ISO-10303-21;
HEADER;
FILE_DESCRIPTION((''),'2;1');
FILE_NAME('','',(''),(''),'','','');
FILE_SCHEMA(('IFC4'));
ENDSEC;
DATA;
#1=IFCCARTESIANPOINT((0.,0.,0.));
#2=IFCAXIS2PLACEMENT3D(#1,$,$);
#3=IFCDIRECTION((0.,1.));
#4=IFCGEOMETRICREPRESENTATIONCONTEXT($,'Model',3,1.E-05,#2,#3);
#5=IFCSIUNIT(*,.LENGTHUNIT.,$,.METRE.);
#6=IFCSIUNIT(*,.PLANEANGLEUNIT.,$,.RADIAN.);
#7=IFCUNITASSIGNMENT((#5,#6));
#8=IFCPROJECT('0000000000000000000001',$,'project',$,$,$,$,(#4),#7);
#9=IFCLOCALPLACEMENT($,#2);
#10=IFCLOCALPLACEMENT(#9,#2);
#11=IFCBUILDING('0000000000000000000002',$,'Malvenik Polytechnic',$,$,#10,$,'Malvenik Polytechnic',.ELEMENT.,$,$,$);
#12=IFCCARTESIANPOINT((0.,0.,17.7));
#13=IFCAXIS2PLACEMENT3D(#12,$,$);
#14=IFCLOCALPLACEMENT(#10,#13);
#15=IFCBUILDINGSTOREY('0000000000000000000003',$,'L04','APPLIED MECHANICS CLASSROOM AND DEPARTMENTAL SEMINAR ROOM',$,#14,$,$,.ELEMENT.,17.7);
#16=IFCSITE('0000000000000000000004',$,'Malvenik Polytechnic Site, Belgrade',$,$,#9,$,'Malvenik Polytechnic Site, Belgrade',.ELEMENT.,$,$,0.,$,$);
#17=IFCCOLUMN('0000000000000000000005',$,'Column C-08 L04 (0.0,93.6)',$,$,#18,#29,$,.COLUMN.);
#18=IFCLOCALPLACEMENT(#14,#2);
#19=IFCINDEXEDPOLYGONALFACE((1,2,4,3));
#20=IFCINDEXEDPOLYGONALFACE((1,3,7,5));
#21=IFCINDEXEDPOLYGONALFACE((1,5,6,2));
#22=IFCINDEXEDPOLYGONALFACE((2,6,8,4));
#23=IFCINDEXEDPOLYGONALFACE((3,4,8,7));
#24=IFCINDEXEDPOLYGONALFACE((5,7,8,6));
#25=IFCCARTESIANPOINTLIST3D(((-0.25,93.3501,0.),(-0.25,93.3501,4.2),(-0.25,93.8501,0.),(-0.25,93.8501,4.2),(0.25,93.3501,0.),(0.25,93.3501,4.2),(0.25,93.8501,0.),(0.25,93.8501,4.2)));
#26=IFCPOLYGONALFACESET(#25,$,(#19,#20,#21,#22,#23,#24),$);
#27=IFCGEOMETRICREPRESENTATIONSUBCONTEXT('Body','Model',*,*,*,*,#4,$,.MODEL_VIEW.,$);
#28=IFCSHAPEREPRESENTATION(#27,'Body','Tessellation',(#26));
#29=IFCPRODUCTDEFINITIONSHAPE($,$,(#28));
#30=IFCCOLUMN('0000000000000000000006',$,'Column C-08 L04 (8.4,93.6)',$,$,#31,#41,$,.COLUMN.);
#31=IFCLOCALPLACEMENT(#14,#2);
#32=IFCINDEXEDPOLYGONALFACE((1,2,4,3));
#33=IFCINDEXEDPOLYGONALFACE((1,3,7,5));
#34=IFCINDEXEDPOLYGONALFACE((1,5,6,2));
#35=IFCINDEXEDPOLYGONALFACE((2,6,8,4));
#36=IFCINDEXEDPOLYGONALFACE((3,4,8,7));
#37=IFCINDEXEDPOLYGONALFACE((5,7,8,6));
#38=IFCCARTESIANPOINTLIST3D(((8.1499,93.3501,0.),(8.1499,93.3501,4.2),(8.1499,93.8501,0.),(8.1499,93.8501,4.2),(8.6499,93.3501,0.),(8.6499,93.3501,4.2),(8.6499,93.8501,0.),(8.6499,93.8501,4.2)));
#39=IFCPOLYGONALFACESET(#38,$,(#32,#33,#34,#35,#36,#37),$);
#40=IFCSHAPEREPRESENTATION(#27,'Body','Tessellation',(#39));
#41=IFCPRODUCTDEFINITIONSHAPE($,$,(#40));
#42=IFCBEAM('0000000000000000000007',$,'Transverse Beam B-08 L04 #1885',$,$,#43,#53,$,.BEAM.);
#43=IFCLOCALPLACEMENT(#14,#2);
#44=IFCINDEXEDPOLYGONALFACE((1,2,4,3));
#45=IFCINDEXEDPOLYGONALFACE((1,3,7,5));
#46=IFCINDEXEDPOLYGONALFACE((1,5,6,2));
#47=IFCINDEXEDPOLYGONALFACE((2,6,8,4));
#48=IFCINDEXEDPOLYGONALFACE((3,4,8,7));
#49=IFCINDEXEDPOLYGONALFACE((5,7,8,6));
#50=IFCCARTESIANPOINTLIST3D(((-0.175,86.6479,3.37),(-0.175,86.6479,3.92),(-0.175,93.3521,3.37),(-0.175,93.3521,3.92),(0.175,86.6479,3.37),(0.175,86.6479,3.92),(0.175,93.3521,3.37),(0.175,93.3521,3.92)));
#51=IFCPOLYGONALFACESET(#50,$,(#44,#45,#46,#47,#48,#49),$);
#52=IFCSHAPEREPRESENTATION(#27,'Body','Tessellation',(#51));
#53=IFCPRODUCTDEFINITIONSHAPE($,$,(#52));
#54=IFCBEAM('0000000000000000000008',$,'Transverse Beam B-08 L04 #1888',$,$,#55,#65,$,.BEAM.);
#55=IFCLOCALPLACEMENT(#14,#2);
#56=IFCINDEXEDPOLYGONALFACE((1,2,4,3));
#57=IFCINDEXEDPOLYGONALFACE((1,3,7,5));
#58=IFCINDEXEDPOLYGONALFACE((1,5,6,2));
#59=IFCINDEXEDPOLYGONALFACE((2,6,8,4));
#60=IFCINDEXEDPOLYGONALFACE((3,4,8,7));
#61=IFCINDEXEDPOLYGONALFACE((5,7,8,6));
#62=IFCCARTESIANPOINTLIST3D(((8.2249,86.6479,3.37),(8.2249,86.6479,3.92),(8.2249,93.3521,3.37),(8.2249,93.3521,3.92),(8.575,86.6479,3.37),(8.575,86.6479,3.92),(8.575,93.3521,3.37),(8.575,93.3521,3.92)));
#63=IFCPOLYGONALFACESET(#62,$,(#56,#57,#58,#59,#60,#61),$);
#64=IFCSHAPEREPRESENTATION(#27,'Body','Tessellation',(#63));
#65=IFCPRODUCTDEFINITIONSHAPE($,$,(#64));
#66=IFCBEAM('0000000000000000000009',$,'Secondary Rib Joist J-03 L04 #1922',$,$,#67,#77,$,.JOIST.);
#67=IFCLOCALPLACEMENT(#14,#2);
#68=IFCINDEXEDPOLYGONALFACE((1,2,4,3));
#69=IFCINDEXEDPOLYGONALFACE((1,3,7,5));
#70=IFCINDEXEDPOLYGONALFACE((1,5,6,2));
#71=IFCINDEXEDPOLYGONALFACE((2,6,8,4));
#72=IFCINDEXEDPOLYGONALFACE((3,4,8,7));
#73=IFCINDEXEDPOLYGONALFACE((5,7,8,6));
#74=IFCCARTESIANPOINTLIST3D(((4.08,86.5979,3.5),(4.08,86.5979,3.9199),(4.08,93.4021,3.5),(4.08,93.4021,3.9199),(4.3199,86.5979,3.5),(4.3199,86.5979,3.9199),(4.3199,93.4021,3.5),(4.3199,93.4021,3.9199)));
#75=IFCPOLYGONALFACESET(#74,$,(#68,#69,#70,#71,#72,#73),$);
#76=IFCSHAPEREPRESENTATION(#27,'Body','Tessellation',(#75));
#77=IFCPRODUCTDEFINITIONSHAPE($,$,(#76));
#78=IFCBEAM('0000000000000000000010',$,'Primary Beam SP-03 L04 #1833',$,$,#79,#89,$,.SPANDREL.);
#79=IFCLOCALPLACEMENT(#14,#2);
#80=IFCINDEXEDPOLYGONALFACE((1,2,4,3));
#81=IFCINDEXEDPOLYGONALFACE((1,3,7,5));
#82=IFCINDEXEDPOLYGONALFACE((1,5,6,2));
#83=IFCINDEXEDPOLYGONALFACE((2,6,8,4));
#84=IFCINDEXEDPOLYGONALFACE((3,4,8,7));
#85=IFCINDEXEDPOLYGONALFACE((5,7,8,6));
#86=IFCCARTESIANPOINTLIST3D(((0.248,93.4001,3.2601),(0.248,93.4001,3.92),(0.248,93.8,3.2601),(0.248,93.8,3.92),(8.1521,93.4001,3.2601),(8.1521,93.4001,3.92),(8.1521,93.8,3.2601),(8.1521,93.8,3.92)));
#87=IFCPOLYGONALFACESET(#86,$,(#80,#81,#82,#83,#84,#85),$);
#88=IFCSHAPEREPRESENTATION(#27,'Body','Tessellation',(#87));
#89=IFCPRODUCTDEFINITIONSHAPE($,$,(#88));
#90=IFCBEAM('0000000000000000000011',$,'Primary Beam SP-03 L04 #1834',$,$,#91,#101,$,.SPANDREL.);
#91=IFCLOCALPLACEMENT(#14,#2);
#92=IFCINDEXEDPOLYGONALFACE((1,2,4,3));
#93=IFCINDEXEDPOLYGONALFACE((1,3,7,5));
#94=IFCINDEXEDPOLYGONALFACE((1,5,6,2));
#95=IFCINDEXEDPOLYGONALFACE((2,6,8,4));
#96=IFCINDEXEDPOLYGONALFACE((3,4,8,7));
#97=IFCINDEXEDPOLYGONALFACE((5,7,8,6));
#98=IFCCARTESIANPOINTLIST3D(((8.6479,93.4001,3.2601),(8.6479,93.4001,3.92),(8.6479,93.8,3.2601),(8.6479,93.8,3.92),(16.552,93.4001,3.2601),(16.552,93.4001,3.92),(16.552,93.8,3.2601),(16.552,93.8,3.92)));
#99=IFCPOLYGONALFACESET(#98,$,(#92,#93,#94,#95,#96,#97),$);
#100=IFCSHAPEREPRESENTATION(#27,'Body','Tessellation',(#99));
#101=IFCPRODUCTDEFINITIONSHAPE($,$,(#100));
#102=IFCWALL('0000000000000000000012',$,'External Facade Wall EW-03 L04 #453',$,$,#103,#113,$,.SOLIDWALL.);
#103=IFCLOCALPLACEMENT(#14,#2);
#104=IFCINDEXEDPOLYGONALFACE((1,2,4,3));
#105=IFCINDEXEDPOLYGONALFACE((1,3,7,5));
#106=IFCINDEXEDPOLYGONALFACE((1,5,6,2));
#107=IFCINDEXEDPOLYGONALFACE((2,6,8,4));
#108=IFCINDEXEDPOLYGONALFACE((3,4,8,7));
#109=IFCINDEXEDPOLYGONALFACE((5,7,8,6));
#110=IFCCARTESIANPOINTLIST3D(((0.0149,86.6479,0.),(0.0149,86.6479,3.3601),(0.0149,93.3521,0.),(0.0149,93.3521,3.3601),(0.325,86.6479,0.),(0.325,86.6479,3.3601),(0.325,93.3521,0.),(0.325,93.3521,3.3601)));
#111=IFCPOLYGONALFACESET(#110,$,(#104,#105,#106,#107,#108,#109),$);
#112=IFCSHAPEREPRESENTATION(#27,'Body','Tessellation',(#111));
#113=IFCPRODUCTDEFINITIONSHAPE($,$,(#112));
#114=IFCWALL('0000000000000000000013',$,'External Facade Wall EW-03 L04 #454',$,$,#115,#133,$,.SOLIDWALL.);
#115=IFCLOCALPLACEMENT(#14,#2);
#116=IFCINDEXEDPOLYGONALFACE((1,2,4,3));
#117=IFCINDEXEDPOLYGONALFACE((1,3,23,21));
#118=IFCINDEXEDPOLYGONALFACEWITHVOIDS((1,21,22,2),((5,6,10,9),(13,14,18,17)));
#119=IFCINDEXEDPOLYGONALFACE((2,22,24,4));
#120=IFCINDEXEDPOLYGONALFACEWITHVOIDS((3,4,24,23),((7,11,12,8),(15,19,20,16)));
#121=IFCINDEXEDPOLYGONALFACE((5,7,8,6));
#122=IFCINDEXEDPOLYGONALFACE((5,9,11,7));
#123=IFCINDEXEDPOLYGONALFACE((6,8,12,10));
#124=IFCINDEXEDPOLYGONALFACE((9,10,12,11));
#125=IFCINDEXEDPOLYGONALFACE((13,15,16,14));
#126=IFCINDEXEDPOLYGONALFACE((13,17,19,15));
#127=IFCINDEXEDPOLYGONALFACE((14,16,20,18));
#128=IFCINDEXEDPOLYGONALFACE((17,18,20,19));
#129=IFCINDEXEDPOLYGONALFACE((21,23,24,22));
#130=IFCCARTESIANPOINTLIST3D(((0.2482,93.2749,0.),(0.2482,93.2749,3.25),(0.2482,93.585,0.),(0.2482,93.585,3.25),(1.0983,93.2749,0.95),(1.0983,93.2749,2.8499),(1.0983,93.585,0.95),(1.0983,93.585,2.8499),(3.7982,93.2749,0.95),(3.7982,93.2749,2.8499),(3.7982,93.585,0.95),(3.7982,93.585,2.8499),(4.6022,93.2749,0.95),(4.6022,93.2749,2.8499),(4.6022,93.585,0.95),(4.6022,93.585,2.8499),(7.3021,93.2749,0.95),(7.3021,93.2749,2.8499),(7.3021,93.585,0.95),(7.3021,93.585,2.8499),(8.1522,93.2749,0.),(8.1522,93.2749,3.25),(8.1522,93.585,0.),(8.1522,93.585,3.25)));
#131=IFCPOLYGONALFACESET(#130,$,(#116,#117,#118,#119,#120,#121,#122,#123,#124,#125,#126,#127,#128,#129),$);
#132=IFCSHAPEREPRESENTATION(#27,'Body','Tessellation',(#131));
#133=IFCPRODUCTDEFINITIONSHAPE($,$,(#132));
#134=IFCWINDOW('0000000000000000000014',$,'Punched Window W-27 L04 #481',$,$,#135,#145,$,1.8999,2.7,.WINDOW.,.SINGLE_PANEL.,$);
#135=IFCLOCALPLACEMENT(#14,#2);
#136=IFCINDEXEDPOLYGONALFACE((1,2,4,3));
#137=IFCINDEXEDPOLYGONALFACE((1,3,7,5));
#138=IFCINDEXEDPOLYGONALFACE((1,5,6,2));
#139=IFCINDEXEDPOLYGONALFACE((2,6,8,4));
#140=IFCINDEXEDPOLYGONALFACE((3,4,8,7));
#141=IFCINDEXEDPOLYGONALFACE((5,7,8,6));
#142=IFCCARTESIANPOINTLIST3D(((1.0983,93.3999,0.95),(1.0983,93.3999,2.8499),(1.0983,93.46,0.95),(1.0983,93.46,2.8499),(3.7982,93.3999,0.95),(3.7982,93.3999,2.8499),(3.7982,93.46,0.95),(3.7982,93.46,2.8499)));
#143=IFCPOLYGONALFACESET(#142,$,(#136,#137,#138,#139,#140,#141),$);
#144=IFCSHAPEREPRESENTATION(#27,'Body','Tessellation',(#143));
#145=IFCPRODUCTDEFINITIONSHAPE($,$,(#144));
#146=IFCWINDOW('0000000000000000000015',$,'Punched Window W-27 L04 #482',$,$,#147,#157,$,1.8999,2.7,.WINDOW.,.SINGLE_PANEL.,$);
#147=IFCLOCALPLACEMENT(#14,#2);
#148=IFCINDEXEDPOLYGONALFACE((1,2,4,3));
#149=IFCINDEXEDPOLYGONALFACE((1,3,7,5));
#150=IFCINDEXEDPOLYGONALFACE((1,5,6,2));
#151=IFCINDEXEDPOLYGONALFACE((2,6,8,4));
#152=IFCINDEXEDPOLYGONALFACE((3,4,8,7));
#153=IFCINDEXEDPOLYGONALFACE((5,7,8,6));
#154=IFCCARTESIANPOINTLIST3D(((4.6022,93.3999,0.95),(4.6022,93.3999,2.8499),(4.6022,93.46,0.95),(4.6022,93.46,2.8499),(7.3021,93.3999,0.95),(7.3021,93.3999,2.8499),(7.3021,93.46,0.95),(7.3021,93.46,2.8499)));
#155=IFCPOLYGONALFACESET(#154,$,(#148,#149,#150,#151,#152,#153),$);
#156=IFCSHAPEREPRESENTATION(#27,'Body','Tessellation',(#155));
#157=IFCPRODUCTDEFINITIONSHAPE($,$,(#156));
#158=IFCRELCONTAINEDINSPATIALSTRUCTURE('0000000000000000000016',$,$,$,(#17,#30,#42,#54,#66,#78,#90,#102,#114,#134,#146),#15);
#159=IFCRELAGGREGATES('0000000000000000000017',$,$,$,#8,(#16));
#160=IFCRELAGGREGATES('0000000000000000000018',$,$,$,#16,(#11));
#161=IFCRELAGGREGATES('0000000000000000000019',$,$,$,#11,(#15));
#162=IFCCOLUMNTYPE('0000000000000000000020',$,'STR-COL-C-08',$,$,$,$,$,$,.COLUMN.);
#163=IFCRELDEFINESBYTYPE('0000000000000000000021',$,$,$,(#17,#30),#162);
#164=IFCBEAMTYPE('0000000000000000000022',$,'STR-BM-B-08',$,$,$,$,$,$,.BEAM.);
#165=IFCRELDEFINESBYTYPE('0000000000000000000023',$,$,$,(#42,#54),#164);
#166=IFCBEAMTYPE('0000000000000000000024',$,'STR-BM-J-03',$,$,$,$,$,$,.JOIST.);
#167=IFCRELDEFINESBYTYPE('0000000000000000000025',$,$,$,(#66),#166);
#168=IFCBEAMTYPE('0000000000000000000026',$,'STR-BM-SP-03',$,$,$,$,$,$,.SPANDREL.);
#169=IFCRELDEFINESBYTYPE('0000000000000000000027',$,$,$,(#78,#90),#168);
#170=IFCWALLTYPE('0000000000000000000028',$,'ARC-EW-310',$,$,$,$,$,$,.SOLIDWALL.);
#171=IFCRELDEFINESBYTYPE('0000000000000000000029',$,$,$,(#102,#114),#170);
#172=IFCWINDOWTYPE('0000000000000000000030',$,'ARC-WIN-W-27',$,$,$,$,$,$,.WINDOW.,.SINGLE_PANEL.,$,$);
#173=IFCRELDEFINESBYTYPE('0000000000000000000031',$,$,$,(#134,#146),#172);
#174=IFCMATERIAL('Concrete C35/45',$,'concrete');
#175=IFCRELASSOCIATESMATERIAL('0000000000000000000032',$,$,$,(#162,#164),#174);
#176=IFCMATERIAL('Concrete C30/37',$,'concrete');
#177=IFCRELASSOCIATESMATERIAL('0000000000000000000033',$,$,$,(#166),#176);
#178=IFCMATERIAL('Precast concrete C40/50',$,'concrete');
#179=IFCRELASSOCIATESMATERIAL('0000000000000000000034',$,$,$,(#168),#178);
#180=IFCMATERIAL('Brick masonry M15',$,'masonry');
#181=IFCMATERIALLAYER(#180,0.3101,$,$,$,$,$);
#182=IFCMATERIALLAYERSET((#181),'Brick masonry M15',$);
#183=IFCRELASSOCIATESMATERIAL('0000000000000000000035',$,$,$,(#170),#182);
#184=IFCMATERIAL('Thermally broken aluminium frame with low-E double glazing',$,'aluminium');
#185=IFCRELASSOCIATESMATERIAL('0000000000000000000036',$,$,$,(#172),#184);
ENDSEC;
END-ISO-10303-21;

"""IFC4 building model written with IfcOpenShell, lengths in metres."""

from ifc_helpers import new_model, si_unit, direction, frame, frame_2d, origin, origin_2d, place, context, subcontext, project, spatial, rectangle, extrude, material, layer, layer_set, material_profile, profile_set, type_object, element, fill, save


model = new_model("IFC4")

# Units and contexts
model_context = context("Model", 3, precision=1e-05, world=origin(), true_north=direction((0.0, 1.0)))
body_context = subcontext(model_context, "Body", "Model", "MODEL_VIEW")
ifc_project = project(units=[si_unit("LENGTHUNIT", "METRE"), si_unit("PLANEANGLEUNIT", "RADIAN")], contexts=[model_context])

# Site, building, storey
site_placement = place(None, origin())
site = spatial("IfcSite", under=ifc_project, at=site_placement, Name="Malvenik Polytechnic Site, Belgrade", LongName="Malvenik Polytechnic Site, Belgrade", CompositionType="ELEMENT", RefElevation=0.0)
building_placement = place(site_placement, origin())
building = spatial("IfcBuilding", under=site, at=building_placement, Name="Malvenik Polytechnic", LongName="Malvenik Polytechnic", CompositionType="ELEMENT")
storey_placement = place(building_placement, frame((0.0, 0.0, 17.7)))
storey = spatial("IfcBuildingStorey", under=building, at=storey_placement, Name="L04", Description="APPLIED MECHANICS CLASSROOM AND DEPARTMENTAL SEMINAR ROOM", CompositionType="ELEMENT", Elevation=17.7)

# Columns
ifc_material_1 = material(Name="Concrete C35/45", Category="concrete")
ifc_material_profile_1 = material_profile(ifc_material_1, rectangle(XDim=0.5, YDim=0.5, at=origin_2d()), Name="RC COL 500x500")
ifc_profile_set_1 = profile_set([ifc_material_profile_1], Name="Concrete C35/45")
column_type = type_object("IfcColumnType", Name="STR-COL-C-08", PredefinedType="COLUMN", material=ifc_profile_set_1)
for number, where, z_axis, x_axis, name in (
    (1, (0.0, 93.6001, 0.0), (0.0, 0.0, 1.0), (1.0, 0.0, 0.0), "Column C-08 L04 (0.0,93.6)"),
    (2, (8.3999, 93.6001, 0.0), (0.0, 0.0, 1.0), (1.0, 0.0, 0.0), "Column C-08 L04 (8.4,93.6)"),
):
    element("IfcColumn", number, at=place(storey_placement, frame(where, z_axis=z_axis, x_axis=x_axis)), inside=storey, type_object=column_type, Name=name, PredefinedType="COLUMN", context=body_context, shape_type="SweptSolid", body=[
        extrude(rectangle(XDim=0.5, YDim=0.5, at=origin_2d()), origin(), (0.0, 0.0, 1.0), 4.2),
    ])

# Beams
ifc_material_profile_2 = material_profile(ifc_material_1, rectangle(XDim=0.3501, YDim=0.55, at=origin_2d()), Name="RC BM 350x550")
ifc_profile_set_2 = profile_set([ifc_material_profile_2], Name="Concrete C35/45")
beam_type_1 = type_object("IfcBeamType", Name="STR-BM-B-08", PredefinedType="BEAM", material=ifc_profile_set_2)
for number, where, z_axis, x_axis, name in (
    (3, (0.0, 86.6479, 3.645), (0.0, 1.0, 0.0), (-1.0, 0.0, 0.0), "Transverse Beam B-08 L04 #1885"),
    (4, (8.3999, 86.6479, 3.645), (0.0, 1.0, 0.0), (-1.0, 0.0, 0.0), "Transverse Beam B-08 L04 #1888"),
):
    element("IfcBeam", number, at=place(storey_placement, frame(where, z_axis=z_axis, x_axis=x_axis)), inside=storey, type_object=beam_type_1, Name=name, PredefinedType="BEAM", context=body_context, shape_type="SweptSolid", body=[
        extrude(rectangle(XDim=0.3501, YDim=0.55, at=origin_2d()), origin(), (0.0, 0.0, 1.0), 6.7041),
    ])
ifc_material_2 = material(Name="Concrete C30/37", Category="concrete")
ifc_material_profile_3 = material_profile(ifc_material_2, rectangle(XDim=0.24, YDim=0.4199, at=origin_2d()), Name="RC JST 240x420")
ifc_profile_set_3 = profile_set([ifc_material_profile_3], Name="Concrete C30/37")
beam_type_2 = type_object("IfcBeamType", Name="STR-BM-J-03", PredefinedType="JOIST", material=ifc_profile_set_3)
beam_placement = place(storey_placement, frame((4.2, 86.5979, 3.71), z_axis=(0.0, 1.0, 0.0), x_axis=(-1.0, 0.0, 0.0)))
element("IfcBeam", 5, at=beam_placement, inside=storey, type_object=beam_type_2, Name="Secondary Rib Joist J-03 L04 #1922", PredefinedType="JOIST", context=body_context, shape_type="SweptSolid", body=[
    extrude(rectangle(XDim=0.24, YDim=0.4199, at=origin_2d()), origin(), (0.0, 0.0, 1.0), 6.8042),
])
ifc_material_3 = material(Name="Precast concrete C40/50", Category="concrete")
ifc_material_profile_4 = material_profile(ifc_material_3, rectangle(XDim=0.3999, YDim=0.6599, at=origin_2d()), Name="PC SPN 400x660")
ifc_profile_set_4 = profile_set([ifc_material_profile_4], Name="Precast concrete C40/50")
beam_type_3 = type_object("IfcBeamType", Name="STR-BM-SP-03", PredefinedType="SPANDREL", material=ifc_profile_set_4)
for number, where, z_axis, x_axis, name in (
    (6, (0.248, 93.6001, 3.5901), (1.0, 0.0, 0.0), (0.0, 1.0, 0.0), "Primary Beam SP-03 L04 #1833"),
    (7, (8.6479, 93.6001, 3.5901), (1.0, 0.0, 0.0), (0.0, 1.0, 0.0), "Primary Beam SP-03 L04 #1834"),
):
    element("IfcBeam", number, at=place(storey_placement, frame(where, z_axis=z_axis, x_axis=x_axis)), inside=storey, type_object=beam_type_3, Name=name, PredefinedType="SPANDREL", context=body_context, shape_type="SweptSolid", body=[
        extrude(rectangle(XDim=0.3999, YDim=0.6599, at=origin_2d()), origin(), (0.0, 0.0, 1.0), 7.9041),
    ])

# Wall
ifc_material_4 = material(Name="Brick masonry M15", Category="masonry")
ifc_layer_1 = layer(ifc_material_4, 0.3101)
ifc_layer_set_1 = layer_set([ifc_layer_1], Name="Brick masonry M15")
wall_type_1 = type_object("IfcWallType", Name="ARC-EW-310", PredefinedType="SOLIDWALL", material=ifc_layer_set_1)
wall_1_placement = place(storey_placement, frame((0.1699, 86.6479, 0.0), z_axis=(0.0, 0.0, 1.0), x_axis=(0.0, 1.0, 0.0)))
element("IfcWall", 8, at=wall_1_placement, inside=storey, type_object=wall_type_1, Name="External Facade Wall EW-03 L04 #453", PredefinedType="SOLIDWALL", context=body_context, shape_type="SweptSolid", body=[
    extrude(rectangle(XDim=6.7041, YDim=0.3101, at=frame_2d((3.3521, 0.0))), origin(), (0.0, 0.0, 1.0), 3.3601),
])

# Wall, openings, windows
wall_2_placement = place(storey_placement, frame((0.248, 93.4299, 0.0), z_axis=(0.0, 0.0, 1.0), x_axis=(1.0, 0.0, 0.0)))
wall_2 = element("IfcWall", 9, at=wall_2_placement, inside=storey, type_object=wall_type_1, Name="External Facade Wall EW-03 L04 #454", PredefinedType="SOLIDWALL", context=body_context, shape_type="SweptSolid", body=[
    extrude(rectangle(XDim=7.9041, YDim=0.3101, at=frame_2d((3.9521, 0.0))), origin(), (0.0, 0.0, 1.0), 3.25),
])
opening_1_placement = place(wall_2_placement, frame((0.8501, 0.0, 0.95)))
opening_1 = element("IfcOpeningElement", 10, at=opening_1_placement, cuts=wall_2, PredefinedType="OPENING", context=body_context, shape_type="SweptSolid", body=[
    extrude(rectangle(XDim=2.7, YDim=1.8999, at=frame_2d((1.3501, 0.95))), frame((0.0, 0.165, 0.0), z_axis=(0.0, -1.0, 0.0), x_axis=(1.0, 0.0, 0.0)), (0.0, 0.0, 1.0), 0.3301),
])
opening_2_placement = place(wall_2_placement, frame((4.354, 0.0, 0.95)))
opening_2 = element("IfcOpeningElement", 11, at=opening_2_placement, cuts=wall_2, PredefinedType="OPENING", context=body_context, shape_type="SweptSolid", body=[
    extrude(rectangle(XDim=2.7, YDim=1.8999, at=frame_2d((1.3501, 0.95))), frame((0.0, 0.165, 0.0), z_axis=(0.0, -1.0, 0.0), x_axis=(1.0, 0.0, 0.0)), (0.0, 0.0, 1.0), 0.3301),
])
ifc_material_5 = material(Name="Thermally broken aluminium frame with low-E double glazing", Category="aluminium")
window_type_1 = type_object("IfcWindowType", Name="ARC-WIN-W-27", PartitioningType="SINGLE_PANEL", PredefinedType="WINDOW", material=ifc_material_5)
window_1_placement = place(opening_1_placement, origin())
window_1 = element("IfcWindow", 12, at=window_1_placement, inside=storey, type_object=window_type_1, Name="Punched Window W-27 L04 #481", OverallHeight=1.8999, OverallWidth=2.7, PartitioningType="SINGLE_PANEL", PredefinedType="WINDOW", context=body_context, shape_type="SweptSolid", body=[
    extrude(rectangle(XDim=2.7, YDim=1.8999, at=frame_2d((1.3501, 0.95))), frame((0.0, 0.03, 0.0), z_axis=(0.0, -1.0, 0.0), x_axis=(1.0, 0.0, 0.0)), (0.0, 0.0, 1.0), 0.0601),
])
fill(opening_1, window_1)
window_2_placement = place(opening_2_placement, origin())
window_2 = element("IfcWindow", 13, at=window_2_placement, inside=storey, type_object=window_type_1, Name="Punched Window W-27 L04 #482", OverallHeight=1.8999, OverallWidth=2.7, PartitioningType="SINGLE_PANEL", PredefinedType="WINDOW", context=body_context, shape_type="SweptSolid", body=[
    extrude(rectangle(XDim=2.7, YDim=1.8999, at=frame_2d((1.3501, 0.95))), frame((0.0, 0.03, 0.0), z_axis=(0.0, -1.0, 0.0), x_axis=(1.0, 0.0, 0.0)), (0.0, 0.0, 1.0), 0.0601),
])
fill(opening_2, window_2)

save(model, "model.ifc")
